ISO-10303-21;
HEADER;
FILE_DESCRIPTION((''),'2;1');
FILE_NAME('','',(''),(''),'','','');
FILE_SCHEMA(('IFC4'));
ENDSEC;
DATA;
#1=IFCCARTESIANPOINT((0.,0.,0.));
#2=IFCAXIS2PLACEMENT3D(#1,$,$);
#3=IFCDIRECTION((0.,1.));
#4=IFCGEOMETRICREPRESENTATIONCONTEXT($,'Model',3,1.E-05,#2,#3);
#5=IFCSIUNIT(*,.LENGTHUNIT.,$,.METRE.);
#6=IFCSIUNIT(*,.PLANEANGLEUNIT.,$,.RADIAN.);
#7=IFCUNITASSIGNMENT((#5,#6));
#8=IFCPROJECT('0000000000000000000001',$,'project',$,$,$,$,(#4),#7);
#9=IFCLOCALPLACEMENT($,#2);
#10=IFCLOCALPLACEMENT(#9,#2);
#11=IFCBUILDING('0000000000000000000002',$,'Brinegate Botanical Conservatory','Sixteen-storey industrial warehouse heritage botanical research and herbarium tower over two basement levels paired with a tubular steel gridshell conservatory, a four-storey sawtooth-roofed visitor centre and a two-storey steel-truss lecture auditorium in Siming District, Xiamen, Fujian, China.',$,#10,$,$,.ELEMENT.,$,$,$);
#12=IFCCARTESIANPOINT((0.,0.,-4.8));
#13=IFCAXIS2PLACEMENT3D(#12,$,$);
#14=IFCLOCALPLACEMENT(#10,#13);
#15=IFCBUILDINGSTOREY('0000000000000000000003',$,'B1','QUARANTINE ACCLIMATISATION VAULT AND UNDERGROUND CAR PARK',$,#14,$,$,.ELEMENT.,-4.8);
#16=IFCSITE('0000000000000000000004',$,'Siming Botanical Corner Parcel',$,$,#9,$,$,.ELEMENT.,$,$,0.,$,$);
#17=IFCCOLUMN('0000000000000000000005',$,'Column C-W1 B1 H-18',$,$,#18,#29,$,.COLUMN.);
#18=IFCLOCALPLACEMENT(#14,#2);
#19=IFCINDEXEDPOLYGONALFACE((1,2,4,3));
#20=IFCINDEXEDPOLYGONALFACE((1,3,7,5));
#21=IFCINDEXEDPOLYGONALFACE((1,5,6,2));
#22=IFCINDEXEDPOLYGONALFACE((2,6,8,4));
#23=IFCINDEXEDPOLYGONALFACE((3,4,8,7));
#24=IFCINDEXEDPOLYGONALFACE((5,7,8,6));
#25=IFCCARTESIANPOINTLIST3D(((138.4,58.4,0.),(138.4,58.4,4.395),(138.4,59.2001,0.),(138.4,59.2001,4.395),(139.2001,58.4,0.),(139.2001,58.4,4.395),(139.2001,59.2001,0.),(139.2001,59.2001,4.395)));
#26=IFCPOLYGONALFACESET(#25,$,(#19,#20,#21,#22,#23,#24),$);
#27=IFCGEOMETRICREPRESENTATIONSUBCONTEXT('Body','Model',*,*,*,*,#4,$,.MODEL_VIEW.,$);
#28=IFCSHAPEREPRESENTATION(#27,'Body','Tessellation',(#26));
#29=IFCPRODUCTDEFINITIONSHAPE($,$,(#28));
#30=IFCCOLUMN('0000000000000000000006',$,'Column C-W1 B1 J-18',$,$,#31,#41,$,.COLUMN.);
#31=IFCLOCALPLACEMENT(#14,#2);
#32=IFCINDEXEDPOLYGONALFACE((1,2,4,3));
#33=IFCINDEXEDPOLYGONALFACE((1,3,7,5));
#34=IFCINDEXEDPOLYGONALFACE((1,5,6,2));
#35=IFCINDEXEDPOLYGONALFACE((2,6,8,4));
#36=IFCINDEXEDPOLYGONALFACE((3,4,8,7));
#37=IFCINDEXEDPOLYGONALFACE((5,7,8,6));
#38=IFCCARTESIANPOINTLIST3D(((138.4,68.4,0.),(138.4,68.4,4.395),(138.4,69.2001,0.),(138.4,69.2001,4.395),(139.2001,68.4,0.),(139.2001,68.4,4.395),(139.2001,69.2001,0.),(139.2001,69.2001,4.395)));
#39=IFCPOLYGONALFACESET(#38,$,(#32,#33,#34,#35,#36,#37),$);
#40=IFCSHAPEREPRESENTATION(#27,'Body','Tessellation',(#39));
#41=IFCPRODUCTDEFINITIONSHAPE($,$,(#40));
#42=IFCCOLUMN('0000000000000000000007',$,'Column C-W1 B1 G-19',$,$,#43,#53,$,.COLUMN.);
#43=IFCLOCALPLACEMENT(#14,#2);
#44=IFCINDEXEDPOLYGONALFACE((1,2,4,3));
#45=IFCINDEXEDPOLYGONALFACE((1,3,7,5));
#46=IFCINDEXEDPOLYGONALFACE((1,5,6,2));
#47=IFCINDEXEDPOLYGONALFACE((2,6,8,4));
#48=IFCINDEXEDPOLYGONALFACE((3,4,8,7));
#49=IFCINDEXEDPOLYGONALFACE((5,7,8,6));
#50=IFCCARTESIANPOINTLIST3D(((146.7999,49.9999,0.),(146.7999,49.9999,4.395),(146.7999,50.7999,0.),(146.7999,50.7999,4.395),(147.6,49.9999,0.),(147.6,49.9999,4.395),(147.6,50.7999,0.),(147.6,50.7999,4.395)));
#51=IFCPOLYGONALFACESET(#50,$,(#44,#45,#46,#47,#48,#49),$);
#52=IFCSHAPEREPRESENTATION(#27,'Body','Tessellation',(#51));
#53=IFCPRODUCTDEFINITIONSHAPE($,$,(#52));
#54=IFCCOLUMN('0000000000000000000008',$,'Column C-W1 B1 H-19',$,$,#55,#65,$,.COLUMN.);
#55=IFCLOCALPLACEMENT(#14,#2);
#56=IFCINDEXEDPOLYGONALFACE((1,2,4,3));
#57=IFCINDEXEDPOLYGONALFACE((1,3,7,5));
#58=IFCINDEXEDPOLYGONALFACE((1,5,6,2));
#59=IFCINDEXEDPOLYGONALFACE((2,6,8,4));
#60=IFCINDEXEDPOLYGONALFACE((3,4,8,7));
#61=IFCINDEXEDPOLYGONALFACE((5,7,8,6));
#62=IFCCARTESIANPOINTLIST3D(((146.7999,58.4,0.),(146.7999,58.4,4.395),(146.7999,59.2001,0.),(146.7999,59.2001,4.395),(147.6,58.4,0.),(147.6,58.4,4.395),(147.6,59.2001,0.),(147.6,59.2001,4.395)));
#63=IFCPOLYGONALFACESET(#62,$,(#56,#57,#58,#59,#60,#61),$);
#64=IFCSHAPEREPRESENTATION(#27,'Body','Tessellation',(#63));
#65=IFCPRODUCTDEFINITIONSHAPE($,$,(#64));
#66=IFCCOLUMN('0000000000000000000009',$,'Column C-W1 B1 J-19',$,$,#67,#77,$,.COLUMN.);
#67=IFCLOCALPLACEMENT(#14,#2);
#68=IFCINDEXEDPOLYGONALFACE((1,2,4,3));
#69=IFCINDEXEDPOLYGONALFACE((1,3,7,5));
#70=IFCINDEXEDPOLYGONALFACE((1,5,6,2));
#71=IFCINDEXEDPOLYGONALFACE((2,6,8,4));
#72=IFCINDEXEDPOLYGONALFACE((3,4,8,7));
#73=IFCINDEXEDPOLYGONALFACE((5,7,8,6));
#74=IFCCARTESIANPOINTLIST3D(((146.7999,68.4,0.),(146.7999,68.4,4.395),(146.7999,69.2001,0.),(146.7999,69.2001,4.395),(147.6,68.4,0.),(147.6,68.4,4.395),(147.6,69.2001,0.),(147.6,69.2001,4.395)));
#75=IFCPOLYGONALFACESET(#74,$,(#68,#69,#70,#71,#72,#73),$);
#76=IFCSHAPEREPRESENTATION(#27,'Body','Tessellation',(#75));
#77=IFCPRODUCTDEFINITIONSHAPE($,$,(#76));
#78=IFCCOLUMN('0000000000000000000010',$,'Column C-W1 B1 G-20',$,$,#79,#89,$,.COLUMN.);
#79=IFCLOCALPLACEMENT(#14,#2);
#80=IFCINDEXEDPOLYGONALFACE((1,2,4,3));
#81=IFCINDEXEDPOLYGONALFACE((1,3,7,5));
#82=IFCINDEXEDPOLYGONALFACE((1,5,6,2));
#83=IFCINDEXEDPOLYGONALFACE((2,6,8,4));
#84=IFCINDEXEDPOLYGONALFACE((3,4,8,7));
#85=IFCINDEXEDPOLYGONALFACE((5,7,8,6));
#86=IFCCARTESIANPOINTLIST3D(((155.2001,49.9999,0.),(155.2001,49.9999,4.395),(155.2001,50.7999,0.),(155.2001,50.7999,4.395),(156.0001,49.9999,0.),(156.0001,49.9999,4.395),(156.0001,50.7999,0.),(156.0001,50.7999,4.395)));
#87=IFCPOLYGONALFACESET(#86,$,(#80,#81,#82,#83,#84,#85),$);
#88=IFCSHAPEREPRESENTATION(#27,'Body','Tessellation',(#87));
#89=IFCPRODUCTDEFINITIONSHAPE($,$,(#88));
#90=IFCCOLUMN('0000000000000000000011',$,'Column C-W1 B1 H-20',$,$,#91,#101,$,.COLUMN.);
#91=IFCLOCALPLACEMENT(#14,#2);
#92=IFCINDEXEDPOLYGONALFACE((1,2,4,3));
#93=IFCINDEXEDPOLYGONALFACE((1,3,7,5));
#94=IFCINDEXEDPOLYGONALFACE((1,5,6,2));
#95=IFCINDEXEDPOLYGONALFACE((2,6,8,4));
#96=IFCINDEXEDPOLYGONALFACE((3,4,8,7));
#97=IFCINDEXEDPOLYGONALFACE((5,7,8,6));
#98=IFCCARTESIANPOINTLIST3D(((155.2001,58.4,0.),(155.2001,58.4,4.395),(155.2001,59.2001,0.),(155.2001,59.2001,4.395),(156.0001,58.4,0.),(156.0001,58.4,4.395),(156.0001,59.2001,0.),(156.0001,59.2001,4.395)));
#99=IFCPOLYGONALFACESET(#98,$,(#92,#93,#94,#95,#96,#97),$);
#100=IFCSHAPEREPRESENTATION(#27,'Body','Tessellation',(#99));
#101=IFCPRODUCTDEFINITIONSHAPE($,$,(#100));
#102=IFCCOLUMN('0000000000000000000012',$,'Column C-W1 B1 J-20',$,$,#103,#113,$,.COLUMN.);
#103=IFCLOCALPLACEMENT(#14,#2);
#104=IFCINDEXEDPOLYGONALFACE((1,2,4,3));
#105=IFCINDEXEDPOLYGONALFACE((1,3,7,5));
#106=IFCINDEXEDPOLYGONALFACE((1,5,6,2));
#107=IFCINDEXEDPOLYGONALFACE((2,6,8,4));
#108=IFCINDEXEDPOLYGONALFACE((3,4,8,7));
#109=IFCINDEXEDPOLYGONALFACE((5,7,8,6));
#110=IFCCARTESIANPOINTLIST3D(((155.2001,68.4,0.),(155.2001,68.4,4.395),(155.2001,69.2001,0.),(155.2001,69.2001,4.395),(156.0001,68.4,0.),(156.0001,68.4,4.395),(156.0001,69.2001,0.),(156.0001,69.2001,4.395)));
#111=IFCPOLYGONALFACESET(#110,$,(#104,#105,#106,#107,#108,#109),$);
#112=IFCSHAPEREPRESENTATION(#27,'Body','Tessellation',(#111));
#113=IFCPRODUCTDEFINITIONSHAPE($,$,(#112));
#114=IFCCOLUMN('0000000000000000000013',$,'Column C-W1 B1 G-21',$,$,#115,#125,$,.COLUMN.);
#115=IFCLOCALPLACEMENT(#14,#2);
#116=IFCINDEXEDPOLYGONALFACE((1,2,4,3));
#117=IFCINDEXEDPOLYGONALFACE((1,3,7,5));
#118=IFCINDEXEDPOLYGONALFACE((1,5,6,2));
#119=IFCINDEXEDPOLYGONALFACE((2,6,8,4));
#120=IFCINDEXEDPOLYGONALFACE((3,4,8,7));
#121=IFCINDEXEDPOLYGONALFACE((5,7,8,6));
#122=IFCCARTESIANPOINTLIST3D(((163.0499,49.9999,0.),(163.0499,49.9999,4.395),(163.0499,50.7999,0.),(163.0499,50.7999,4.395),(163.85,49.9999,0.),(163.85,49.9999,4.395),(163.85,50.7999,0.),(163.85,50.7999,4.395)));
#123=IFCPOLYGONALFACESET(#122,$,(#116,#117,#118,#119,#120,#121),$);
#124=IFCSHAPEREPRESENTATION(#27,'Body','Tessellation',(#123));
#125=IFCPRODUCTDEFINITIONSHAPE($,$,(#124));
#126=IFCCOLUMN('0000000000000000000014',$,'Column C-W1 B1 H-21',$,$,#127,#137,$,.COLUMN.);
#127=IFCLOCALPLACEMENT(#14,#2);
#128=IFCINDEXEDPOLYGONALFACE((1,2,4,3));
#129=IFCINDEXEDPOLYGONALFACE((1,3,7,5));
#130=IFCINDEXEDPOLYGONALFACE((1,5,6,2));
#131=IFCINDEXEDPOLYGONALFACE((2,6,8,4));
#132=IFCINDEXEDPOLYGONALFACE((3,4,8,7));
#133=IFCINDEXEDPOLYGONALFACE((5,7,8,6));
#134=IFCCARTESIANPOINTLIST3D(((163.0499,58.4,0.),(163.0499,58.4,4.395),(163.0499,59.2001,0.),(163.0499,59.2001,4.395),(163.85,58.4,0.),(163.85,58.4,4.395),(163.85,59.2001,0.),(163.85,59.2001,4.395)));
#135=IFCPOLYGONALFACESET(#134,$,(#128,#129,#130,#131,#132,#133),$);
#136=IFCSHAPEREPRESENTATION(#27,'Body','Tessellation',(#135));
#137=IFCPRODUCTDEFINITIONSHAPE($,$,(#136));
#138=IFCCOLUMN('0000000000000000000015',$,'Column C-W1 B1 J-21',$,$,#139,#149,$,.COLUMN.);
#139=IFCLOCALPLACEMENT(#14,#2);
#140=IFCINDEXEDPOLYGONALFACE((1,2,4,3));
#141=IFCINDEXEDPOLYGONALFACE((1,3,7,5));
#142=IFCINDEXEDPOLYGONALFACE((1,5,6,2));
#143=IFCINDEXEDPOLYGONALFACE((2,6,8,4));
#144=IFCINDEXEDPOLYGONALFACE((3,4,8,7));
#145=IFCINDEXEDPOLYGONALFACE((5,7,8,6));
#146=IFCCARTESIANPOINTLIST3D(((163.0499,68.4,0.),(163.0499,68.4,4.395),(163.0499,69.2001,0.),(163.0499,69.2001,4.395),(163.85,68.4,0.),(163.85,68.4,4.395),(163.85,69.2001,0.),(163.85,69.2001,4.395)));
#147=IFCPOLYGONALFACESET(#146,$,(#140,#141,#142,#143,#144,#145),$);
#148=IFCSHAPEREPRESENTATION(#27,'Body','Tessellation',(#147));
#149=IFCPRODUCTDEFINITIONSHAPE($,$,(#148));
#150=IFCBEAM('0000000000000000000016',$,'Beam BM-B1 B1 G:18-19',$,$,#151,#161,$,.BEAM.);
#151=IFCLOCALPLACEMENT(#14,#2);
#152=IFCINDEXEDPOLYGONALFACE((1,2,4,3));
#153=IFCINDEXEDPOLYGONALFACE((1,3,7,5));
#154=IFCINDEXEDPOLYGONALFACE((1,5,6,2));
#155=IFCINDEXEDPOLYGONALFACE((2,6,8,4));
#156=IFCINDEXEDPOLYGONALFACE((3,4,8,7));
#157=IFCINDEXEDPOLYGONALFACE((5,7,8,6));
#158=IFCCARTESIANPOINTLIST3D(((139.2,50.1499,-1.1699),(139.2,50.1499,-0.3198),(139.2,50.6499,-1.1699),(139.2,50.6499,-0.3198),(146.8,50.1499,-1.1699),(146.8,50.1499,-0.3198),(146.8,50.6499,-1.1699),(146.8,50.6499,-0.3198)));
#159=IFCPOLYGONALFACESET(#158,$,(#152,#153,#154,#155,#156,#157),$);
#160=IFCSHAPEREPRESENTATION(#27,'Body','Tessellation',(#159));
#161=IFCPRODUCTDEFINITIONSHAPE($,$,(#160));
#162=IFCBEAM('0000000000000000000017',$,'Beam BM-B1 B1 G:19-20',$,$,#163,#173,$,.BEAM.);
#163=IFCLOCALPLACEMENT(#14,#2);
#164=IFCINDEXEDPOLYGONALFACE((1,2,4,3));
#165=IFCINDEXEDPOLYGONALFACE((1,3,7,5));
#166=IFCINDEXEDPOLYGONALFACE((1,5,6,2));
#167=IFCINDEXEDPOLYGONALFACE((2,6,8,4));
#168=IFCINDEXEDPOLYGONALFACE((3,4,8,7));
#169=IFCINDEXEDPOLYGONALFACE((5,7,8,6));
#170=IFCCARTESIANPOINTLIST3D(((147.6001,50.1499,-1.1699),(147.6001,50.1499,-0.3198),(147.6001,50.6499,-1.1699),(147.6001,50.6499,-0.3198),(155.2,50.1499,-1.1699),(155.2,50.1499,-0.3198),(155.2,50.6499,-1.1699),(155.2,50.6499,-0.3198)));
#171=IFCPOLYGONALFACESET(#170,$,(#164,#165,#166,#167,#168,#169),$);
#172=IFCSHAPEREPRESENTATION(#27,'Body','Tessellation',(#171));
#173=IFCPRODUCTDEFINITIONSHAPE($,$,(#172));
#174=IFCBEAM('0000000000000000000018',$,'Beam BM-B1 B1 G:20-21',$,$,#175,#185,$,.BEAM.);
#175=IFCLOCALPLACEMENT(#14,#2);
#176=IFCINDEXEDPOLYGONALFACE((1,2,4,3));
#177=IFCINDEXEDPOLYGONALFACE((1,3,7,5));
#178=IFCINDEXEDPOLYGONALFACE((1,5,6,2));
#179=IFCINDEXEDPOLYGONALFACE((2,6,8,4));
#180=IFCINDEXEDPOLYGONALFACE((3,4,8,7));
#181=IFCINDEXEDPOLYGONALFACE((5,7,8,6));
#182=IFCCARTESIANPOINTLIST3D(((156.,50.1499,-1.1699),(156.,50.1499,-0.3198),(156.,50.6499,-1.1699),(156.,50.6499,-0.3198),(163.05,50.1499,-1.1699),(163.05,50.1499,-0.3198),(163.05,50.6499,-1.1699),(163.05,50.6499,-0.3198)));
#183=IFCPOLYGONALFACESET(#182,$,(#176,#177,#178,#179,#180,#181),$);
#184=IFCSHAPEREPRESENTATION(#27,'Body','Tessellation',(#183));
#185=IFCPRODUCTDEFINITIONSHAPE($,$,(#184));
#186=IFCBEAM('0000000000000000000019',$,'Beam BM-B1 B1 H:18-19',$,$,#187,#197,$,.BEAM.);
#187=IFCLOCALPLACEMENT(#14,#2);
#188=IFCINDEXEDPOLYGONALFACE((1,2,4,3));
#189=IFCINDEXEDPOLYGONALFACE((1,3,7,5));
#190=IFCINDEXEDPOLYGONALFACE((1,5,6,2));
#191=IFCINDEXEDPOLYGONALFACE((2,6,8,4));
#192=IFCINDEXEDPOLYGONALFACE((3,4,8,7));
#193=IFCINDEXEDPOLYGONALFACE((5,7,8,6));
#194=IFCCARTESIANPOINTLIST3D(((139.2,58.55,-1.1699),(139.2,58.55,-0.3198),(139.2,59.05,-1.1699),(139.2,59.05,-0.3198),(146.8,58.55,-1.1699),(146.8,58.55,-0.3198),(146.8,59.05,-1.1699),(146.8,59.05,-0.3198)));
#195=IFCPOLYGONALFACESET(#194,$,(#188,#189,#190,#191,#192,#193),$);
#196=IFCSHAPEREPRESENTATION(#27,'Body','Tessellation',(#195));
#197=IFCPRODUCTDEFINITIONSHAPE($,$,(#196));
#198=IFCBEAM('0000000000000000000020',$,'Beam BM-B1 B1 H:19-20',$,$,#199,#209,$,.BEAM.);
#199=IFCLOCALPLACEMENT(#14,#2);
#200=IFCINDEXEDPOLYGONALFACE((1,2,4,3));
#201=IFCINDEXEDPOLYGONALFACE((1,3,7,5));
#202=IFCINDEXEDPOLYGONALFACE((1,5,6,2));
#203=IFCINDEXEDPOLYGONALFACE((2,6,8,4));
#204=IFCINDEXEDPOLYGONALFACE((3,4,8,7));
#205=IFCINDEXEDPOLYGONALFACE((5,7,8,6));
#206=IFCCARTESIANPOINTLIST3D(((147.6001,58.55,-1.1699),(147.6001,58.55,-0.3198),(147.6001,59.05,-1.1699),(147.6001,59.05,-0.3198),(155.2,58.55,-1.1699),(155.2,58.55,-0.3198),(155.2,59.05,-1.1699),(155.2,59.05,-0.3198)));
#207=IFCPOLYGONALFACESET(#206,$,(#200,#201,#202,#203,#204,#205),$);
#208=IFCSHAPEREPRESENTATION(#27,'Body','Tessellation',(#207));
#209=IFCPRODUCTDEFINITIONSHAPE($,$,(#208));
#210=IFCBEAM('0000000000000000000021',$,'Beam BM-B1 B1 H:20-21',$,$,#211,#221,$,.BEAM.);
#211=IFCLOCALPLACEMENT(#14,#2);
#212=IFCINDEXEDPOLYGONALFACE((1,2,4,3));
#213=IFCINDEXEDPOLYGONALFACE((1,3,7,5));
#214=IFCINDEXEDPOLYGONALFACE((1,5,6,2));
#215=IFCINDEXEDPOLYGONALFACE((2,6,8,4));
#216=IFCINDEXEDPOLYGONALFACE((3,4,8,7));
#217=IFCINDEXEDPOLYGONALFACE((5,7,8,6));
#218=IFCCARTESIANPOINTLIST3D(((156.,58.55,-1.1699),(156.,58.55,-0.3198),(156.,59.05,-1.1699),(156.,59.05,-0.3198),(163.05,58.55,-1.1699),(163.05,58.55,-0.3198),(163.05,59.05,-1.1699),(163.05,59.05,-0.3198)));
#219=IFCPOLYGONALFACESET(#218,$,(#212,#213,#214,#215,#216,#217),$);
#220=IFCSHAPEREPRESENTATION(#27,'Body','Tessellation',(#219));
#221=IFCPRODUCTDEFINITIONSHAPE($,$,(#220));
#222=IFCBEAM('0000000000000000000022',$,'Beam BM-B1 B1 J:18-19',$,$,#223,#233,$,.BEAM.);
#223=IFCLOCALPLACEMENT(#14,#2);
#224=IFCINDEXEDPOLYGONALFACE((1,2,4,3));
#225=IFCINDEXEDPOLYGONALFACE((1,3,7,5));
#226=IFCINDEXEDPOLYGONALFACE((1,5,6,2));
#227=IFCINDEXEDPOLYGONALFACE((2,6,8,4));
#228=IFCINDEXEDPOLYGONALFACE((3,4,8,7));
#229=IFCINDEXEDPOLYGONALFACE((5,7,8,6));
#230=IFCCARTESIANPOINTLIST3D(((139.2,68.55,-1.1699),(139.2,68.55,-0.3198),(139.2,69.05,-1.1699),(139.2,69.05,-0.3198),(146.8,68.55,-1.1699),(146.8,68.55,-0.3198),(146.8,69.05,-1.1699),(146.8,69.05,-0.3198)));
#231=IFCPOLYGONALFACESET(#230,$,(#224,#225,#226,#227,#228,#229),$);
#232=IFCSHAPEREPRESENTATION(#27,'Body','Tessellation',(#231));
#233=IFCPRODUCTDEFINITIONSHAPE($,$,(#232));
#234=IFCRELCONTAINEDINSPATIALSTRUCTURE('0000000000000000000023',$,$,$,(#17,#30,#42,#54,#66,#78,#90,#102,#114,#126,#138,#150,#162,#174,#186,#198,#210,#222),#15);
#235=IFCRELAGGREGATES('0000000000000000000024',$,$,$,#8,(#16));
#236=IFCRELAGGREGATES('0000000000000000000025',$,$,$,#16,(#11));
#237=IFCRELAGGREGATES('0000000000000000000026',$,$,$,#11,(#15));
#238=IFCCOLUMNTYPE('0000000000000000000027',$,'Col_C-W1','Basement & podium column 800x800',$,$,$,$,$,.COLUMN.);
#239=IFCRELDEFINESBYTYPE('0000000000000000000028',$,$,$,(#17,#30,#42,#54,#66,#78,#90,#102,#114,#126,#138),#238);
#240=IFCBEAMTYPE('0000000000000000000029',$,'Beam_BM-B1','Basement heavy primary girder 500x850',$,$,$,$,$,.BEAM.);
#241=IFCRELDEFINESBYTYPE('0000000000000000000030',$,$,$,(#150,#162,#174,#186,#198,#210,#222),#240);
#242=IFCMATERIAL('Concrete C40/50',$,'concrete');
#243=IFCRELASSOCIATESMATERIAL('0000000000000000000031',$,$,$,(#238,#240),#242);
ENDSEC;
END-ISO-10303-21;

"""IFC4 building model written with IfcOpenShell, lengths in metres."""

from ifc_helpers import new_model, si_unit, direction, frame, origin, origin_2d, place, context, subcontext, project, spatial, rectangle, extrude, material, material_profile, profile_set, type_object, element, save


model = new_model("IFC4")

# Units and contexts
model_context = context("Model", 3, precision=1e-05, world=origin(), true_north=direction((0.0, 1.0)))
body_context = subcontext(model_context, "Body", "Model", "MODEL_VIEW")
ifc_project = project(units=[si_unit("LENGTHUNIT", "METRE"), si_unit("PLANEANGLEUNIT", "RADIAN")], contexts=[model_context])

# Site, building, storey
site_placement = place(None, origin())
site = spatial("IfcSite", under=ifc_project, at=site_placement, Name="Siming Botanical Corner Parcel", CompositionType="ELEMENT", RefElevation=0.0)
building_placement = place(site_placement, origin())
building = spatial("IfcBuilding", under=site, at=building_placement, Name="Brinegate Botanical Conservatory", Description="Sixteen-storey industrial warehouse heritage botanical research and herbarium tower over two basement levels paired with a tubular steel gridshell conservatory, a four-storey sawtooth-roofed visitor centre and a two-storey steel-truss lecture auditorium in Siming District, Xiamen, Fujian, China.", CompositionType="ELEMENT")
storey_placement = place(building_placement, frame((0.0, 0.0, -4.8)))
storey = spatial("IfcBuildingStorey", under=building, at=storey_placement, Name="B1", Description="QUARANTINE ACCLIMATISATION VAULT AND UNDERGROUND CAR PARK", CompositionType="ELEMENT", Elevation=-4.8)

# Columns
ifc_material = material(Name="Concrete C40/50", Category="concrete")
ifc_material_profile_1 = material_profile(ifc_material, rectangle(XDim=0.8, YDim=0.8, at=origin_2d()), Name="RC COL 800x800")
ifc_profile_set_1 = profile_set([ifc_material_profile_1], Name="Concrete C40/50")
column_type = type_object("IfcColumnType", Name="Col_C-W1", Description="Basement & podium column 800x800", PredefinedType="COLUMN", material=ifc_profile_set_1)
for number, where, z_axis, x_axis, name in (
    (1, (138.8, 58.8, 0.0), (0.0, 0.0, 1.0), (1.0, 0.0, 0.0), "Column C-W1 B1 H-18"),
    (2, (138.8, 68.8, 0.0), (0.0, 0.0, 1.0), (1.0, 0.0, 0.0), "Column C-W1 B1 J-18"),
    (3, (147.2, 50.3999, 0.0), (0.0, 0.0, 1.0), (1.0, 0.0, 0.0), "Column C-W1 B1 G-19"),
    (4, (147.2, 58.8, 0.0), (0.0, 0.0, 1.0), (1.0, 0.0, 0.0), "Column C-W1 B1 H-19"),
    (5, (147.2, 68.8, 0.0), (0.0, 0.0, 1.0), (1.0, 0.0, 0.0), "Column C-W1 B1 J-19"),
    (6, (155.6001, 50.3999, 0.0), (0.0, 0.0, 1.0), (1.0, 0.0, 0.0), "Column C-W1 B1 G-20"),
    (7, (155.6001, 58.8, 0.0), (0.0, 0.0, 1.0), (1.0, 0.0, 0.0), "Column C-W1 B1 H-20"),
    (8, (155.6001, 68.8, 0.0), (0.0, 0.0, 1.0), (1.0, 0.0, 0.0), "Column C-W1 B1 J-20"),
    (9, (163.45, 50.3999, 0.0), (0.0, 0.0, 1.0), (1.0, 0.0, 0.0), "Column C-W1 B1 G-21"),
    (10, (163.45, 58.8, 0.0), (0.0, 0.0, 1.0), (1.0, 0.0, 0.0), "Column C-W1 B1 H-21"),
    (11, (163.45, 68.8, 0.0), (0.0, 0.0, 1.0), (1.0, 0.0, 0.0), "Column C-W1 B1 J-21"),
):
    element("IfcColumn", number, at=place(storey_placement, frame(where, z_axis=z_axis, x_axis=x_axis)), inside=storey, type_object=column_type, Name=name, PredefinedType="COLUMN", context=body_context, shape_type="SweptSolid", body=[
        extrude(rectangle(XDim=0.8, YDim=0.8, at=origin_2d()), origin(), (0.0, 0.0, 1.0), 4.395),
    ])

# Beams
ifc_material_profile_2 = material_profile(ifc_material, rectangle(XDim=0.5, YDim=0.8501, at=origin_2d()), Name="RC BM 500x850")
ifc_profile_set_2 = profile_set([ifc_material_profile_2], Name="Concrete C40/50")
beam_type_1 = type_object("IfcBeamType", Name="Beam_BM-B1", Description="Basement heavy primary girder 500x850", PredefinedType="BEAM", material=ifc_profile_set_2)
beam_1_placement = place(storey_placement, frame((139.2, 50.3999, -0.7449), z_axis=(1.0, 0.0, 0.0), x_axis=(0.0, 1.0, 0.0)))
element("IfcBeam", 12, at=beam_1_placement, inside=storey, type_object=beam_type_1, Name="Beam BM-B1 B1 G:18-19", PredefinedType="BEAM", context=body_context, shape_type="SweptSolid", body=[
    extrude(rectangle(XDim=0.5, YDim=0.8501, at=origin_2d()), origin(), (0.0, 0.0, 1.0), 7.6001),
])
beam_2_placement = place(storey_placement, frame((147.6001, 50.3999, -0.7449), z_axis=(1.0, 0.0, 0.0), x_axis=(0.0, 1.0, 0.0)))
element("IfcBeam", 13, at=beam_2_placement, inside=storey, type_object=beam_type_1, Name="Beam BM-B1 B1 G:19-20", PredefinedType="BEAM", context=body_context, shape_type="SweptSolid", body=[
    extrude(rectangle(XDim=0.5, YDim=0.8501, at=origin_2d()), origin(), (0.0, 0.0, 1.0), 7.5999),
])
beam_3_placement = place(storey_placement, frame((156.0, 50.3999, -0.7449), z_axis=(1.0, 0.0, 0.0), x_axis=(0.0, 1.0, 0.0)))
element("IfcBeam", 14, at=beam_3_placement, inside=storey, type_object=beam_type_1, Name="Beam BM-B1 B1 G:20-21", PredefinedType="BEAM", context=body_context, shape_type="SweptSolid", body=[
    extrude(rectangle(XDim=0.5, YDim=0.8501, at=origin_2d()), origin(), (0.0, 0.0, 1.0), 7.05),
])
beam_4_placement = place(storey_placement, frame((139.2, 58.8, -0.7449), z_axis=(1.0, 0.0, 0.0), x_axis=(0.0, 1.0, 0.0)))
element("IfcBeam", 15, at=beam_4_placement, inside=storey, type_object=beam_type_1, Name="Beam BM-B1 B1 H:18-19", PredefinedType="BEAM", context=body_context, shape_type="SweptSolid", body=[
    extrude(rectangle(XDim=0.5, YDim=0.8501, at=origin_2d()), origin(), (0.0, 0.0, 1.0), 7.6001),
])
beam_5_placement = place(storey_placement, frame((147.6001, 58.8, -0.7449), z_axis=(1.0, 0.0, 0.0), x_axis=(0.0, 1.0, 0.0)))
element("IfcBeam", 16, at=beam_5_placement, inside=storey, type_object=beam_type_1, Name="Beam BM-B1 B1 H:19-20", PredefinedType="BEAM", context=body_context, shape_type="SweptSolid", body=[
    extrude(rectangle(XDim=0.5, YDim=0.8501, at=origin_2d()), origin(), (0.0, 0.0, 1.0), 7.5999),
])
beam_6_placement = place(storey_placement, frame((156.0, 58.8, -0.7449), z_axis=(1.0, 0.0, 0.0), x_axis=(0.0, 1.0, 0.0)))
element("IfcBeam", 17, at=beam_6_placement, inside=storey, type_object=beam_type_1, Name="Beam BM-B1 B1 H:20-21", PredefinedType="BEAM", context=body_context, shape_type="SweptSolid", body=[
    extrude(rectangle(XDim=0.5, YDim=0.8501, at=origin_2d()), origin(), (0.0, 0.0, 1.0), 7.05),
])
beam_7_placement = place(storey_placement, frame((139.2, 68.8, -0.7449), z_axis=(1.0, 0.0, 0.0), x_axis=(0.0, 1.0, 0.0)))
element("IfcBeam", 18, at=beam_7_placement, inside=storey, type_object=beam_type_1, Name="Beam BM-B1 B1 J:18-19", PredefinedType="BEAM", context=body_context, shape_type="SweptSolid", body=[
    extrude(rectangle(XDim=0.5, YDim=0.8501, at=origin_2d()), origin(), (0.0, 0.0, 1.0), 7.6001),
])

save(model, "model.ifc")
